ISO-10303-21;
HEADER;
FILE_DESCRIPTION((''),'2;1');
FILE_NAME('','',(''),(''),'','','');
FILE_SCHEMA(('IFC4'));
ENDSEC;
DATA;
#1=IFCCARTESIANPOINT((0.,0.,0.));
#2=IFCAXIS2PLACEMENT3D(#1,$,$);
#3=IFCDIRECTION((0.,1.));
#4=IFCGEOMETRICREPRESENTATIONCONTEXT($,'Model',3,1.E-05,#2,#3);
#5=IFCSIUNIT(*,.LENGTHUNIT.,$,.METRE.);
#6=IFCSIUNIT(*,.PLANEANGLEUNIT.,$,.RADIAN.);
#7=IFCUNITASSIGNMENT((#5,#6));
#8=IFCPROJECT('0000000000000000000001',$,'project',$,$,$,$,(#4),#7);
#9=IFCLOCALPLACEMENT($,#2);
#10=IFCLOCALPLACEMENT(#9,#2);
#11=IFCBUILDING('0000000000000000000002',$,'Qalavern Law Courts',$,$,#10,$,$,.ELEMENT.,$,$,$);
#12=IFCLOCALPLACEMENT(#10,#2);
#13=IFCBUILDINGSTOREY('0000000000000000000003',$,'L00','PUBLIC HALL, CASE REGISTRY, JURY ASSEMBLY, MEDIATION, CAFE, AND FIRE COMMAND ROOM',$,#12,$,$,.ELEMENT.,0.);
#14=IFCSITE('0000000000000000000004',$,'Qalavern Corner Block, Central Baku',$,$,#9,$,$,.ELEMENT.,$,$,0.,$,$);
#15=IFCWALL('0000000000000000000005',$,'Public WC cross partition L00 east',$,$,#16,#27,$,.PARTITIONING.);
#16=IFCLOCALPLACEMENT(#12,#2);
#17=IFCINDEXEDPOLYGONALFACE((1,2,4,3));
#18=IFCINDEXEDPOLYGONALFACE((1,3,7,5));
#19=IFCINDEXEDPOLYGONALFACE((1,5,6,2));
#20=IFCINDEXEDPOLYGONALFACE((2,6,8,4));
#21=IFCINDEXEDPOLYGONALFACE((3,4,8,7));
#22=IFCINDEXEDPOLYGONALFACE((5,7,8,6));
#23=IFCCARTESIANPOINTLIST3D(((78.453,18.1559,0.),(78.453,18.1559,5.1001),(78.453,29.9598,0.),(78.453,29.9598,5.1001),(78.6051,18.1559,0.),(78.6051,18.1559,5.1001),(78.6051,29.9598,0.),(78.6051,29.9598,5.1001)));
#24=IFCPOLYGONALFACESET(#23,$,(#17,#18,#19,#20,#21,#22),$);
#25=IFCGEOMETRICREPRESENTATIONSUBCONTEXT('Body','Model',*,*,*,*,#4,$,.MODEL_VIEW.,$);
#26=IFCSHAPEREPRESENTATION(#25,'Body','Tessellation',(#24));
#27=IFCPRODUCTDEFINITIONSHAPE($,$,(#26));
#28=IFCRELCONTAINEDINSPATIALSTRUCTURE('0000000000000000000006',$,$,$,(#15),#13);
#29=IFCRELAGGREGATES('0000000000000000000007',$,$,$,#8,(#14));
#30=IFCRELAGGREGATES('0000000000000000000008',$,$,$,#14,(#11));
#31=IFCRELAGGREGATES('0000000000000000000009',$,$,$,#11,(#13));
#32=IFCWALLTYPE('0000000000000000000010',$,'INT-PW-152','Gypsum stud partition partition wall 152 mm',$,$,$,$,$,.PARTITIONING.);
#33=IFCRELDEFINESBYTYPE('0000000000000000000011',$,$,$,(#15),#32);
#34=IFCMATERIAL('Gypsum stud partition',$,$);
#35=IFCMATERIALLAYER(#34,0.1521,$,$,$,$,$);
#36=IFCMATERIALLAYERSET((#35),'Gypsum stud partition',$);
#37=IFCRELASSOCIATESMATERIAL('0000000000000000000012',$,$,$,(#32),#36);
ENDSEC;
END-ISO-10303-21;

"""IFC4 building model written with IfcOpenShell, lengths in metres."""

from ifc_helpers import new_model, si_unit, direction, frame, frame_2d, origin, place, context, subcontext, project, spatial, rectangle, extrude, material, layer, layer_set, type_object, element, save


model = new_model("IFC4")

# Units and contexts
model_context = context("Model", 3, precision=1e-05, world=origin(), true_north=direction((0.0, 1.0)))
body_context = subcontext(model_context, "Body", "Model", "MODEL_VIEW")
ifc_project = project(units=[si_unit("LENGTHUNIT", "METRE"), si_unit("PLANEANGLEUNIT", "RADIAN")], contexts=[model_context])

# Site, building, storey
site_placement = place(None, origin())
site = spatial("IfcSite", under=ifc_project, at=site_placement, Name="Qalavern Corner Block, Central Baku", CompositionType="ELEMENT", RefElevation=0.0)
building_placement = place(site_placement, origin())
building = spatial("IfcBuilding", under=site, at=building_placement, Name="Qalavern Law Courts", CompositionType="ELEMENT")
storey_placement = place(building_placement, origin())
storey = spatial("IfcBuildingStorey", under=building, at=storey_placement, Name="L00", Description="PUBLIC HALL, CASE REGISTRY, JURY ASSEMBLY, MEDIATION, CAFE, AND FIRE COMMAND ROOM", CompositionType="ELEMENT", Elevation=0.0)

# Shared definitions
ifc_material_1 = material(Name="Gypsum stud partition")

# Wall
ifc_layer_1 = layer(ifc_material_1, 0.1521)
ifc_layer_set_1 = layer_set([ifc_layer_1], Name="Gypsum stud partition")
wall_type_1 = type_object("IfcWallType", Name="INT-PW-152", Description="Gypsum stud partition partition wall 152 mm", PredefinedType="PARTITIONING", material=ifc_layer_set_1)
wall_1_placement = place(storey_placement, frame((78.5291, 18.156, 0.0), z_axis=(0.0, 0.0, 1.0), x_axis=(0.0, 1.0, 0.0)))
element("IfcWall", 1, at=wall_1_placement, inside=storey, type_object=wall_type_1, Name="Public WC cross partition L00 east", PredefinedType="PARTITIONING", context=body_context, shape_type="SweptSolid", body=[
    extrude(rectangle(XDim=11.804, YDim=0.1521, at=frame_2d((5.9019, 0.0))), origin(), (0.0, 0.0, 1.0), 5.1001),
])

save(model, "model.ifc")
